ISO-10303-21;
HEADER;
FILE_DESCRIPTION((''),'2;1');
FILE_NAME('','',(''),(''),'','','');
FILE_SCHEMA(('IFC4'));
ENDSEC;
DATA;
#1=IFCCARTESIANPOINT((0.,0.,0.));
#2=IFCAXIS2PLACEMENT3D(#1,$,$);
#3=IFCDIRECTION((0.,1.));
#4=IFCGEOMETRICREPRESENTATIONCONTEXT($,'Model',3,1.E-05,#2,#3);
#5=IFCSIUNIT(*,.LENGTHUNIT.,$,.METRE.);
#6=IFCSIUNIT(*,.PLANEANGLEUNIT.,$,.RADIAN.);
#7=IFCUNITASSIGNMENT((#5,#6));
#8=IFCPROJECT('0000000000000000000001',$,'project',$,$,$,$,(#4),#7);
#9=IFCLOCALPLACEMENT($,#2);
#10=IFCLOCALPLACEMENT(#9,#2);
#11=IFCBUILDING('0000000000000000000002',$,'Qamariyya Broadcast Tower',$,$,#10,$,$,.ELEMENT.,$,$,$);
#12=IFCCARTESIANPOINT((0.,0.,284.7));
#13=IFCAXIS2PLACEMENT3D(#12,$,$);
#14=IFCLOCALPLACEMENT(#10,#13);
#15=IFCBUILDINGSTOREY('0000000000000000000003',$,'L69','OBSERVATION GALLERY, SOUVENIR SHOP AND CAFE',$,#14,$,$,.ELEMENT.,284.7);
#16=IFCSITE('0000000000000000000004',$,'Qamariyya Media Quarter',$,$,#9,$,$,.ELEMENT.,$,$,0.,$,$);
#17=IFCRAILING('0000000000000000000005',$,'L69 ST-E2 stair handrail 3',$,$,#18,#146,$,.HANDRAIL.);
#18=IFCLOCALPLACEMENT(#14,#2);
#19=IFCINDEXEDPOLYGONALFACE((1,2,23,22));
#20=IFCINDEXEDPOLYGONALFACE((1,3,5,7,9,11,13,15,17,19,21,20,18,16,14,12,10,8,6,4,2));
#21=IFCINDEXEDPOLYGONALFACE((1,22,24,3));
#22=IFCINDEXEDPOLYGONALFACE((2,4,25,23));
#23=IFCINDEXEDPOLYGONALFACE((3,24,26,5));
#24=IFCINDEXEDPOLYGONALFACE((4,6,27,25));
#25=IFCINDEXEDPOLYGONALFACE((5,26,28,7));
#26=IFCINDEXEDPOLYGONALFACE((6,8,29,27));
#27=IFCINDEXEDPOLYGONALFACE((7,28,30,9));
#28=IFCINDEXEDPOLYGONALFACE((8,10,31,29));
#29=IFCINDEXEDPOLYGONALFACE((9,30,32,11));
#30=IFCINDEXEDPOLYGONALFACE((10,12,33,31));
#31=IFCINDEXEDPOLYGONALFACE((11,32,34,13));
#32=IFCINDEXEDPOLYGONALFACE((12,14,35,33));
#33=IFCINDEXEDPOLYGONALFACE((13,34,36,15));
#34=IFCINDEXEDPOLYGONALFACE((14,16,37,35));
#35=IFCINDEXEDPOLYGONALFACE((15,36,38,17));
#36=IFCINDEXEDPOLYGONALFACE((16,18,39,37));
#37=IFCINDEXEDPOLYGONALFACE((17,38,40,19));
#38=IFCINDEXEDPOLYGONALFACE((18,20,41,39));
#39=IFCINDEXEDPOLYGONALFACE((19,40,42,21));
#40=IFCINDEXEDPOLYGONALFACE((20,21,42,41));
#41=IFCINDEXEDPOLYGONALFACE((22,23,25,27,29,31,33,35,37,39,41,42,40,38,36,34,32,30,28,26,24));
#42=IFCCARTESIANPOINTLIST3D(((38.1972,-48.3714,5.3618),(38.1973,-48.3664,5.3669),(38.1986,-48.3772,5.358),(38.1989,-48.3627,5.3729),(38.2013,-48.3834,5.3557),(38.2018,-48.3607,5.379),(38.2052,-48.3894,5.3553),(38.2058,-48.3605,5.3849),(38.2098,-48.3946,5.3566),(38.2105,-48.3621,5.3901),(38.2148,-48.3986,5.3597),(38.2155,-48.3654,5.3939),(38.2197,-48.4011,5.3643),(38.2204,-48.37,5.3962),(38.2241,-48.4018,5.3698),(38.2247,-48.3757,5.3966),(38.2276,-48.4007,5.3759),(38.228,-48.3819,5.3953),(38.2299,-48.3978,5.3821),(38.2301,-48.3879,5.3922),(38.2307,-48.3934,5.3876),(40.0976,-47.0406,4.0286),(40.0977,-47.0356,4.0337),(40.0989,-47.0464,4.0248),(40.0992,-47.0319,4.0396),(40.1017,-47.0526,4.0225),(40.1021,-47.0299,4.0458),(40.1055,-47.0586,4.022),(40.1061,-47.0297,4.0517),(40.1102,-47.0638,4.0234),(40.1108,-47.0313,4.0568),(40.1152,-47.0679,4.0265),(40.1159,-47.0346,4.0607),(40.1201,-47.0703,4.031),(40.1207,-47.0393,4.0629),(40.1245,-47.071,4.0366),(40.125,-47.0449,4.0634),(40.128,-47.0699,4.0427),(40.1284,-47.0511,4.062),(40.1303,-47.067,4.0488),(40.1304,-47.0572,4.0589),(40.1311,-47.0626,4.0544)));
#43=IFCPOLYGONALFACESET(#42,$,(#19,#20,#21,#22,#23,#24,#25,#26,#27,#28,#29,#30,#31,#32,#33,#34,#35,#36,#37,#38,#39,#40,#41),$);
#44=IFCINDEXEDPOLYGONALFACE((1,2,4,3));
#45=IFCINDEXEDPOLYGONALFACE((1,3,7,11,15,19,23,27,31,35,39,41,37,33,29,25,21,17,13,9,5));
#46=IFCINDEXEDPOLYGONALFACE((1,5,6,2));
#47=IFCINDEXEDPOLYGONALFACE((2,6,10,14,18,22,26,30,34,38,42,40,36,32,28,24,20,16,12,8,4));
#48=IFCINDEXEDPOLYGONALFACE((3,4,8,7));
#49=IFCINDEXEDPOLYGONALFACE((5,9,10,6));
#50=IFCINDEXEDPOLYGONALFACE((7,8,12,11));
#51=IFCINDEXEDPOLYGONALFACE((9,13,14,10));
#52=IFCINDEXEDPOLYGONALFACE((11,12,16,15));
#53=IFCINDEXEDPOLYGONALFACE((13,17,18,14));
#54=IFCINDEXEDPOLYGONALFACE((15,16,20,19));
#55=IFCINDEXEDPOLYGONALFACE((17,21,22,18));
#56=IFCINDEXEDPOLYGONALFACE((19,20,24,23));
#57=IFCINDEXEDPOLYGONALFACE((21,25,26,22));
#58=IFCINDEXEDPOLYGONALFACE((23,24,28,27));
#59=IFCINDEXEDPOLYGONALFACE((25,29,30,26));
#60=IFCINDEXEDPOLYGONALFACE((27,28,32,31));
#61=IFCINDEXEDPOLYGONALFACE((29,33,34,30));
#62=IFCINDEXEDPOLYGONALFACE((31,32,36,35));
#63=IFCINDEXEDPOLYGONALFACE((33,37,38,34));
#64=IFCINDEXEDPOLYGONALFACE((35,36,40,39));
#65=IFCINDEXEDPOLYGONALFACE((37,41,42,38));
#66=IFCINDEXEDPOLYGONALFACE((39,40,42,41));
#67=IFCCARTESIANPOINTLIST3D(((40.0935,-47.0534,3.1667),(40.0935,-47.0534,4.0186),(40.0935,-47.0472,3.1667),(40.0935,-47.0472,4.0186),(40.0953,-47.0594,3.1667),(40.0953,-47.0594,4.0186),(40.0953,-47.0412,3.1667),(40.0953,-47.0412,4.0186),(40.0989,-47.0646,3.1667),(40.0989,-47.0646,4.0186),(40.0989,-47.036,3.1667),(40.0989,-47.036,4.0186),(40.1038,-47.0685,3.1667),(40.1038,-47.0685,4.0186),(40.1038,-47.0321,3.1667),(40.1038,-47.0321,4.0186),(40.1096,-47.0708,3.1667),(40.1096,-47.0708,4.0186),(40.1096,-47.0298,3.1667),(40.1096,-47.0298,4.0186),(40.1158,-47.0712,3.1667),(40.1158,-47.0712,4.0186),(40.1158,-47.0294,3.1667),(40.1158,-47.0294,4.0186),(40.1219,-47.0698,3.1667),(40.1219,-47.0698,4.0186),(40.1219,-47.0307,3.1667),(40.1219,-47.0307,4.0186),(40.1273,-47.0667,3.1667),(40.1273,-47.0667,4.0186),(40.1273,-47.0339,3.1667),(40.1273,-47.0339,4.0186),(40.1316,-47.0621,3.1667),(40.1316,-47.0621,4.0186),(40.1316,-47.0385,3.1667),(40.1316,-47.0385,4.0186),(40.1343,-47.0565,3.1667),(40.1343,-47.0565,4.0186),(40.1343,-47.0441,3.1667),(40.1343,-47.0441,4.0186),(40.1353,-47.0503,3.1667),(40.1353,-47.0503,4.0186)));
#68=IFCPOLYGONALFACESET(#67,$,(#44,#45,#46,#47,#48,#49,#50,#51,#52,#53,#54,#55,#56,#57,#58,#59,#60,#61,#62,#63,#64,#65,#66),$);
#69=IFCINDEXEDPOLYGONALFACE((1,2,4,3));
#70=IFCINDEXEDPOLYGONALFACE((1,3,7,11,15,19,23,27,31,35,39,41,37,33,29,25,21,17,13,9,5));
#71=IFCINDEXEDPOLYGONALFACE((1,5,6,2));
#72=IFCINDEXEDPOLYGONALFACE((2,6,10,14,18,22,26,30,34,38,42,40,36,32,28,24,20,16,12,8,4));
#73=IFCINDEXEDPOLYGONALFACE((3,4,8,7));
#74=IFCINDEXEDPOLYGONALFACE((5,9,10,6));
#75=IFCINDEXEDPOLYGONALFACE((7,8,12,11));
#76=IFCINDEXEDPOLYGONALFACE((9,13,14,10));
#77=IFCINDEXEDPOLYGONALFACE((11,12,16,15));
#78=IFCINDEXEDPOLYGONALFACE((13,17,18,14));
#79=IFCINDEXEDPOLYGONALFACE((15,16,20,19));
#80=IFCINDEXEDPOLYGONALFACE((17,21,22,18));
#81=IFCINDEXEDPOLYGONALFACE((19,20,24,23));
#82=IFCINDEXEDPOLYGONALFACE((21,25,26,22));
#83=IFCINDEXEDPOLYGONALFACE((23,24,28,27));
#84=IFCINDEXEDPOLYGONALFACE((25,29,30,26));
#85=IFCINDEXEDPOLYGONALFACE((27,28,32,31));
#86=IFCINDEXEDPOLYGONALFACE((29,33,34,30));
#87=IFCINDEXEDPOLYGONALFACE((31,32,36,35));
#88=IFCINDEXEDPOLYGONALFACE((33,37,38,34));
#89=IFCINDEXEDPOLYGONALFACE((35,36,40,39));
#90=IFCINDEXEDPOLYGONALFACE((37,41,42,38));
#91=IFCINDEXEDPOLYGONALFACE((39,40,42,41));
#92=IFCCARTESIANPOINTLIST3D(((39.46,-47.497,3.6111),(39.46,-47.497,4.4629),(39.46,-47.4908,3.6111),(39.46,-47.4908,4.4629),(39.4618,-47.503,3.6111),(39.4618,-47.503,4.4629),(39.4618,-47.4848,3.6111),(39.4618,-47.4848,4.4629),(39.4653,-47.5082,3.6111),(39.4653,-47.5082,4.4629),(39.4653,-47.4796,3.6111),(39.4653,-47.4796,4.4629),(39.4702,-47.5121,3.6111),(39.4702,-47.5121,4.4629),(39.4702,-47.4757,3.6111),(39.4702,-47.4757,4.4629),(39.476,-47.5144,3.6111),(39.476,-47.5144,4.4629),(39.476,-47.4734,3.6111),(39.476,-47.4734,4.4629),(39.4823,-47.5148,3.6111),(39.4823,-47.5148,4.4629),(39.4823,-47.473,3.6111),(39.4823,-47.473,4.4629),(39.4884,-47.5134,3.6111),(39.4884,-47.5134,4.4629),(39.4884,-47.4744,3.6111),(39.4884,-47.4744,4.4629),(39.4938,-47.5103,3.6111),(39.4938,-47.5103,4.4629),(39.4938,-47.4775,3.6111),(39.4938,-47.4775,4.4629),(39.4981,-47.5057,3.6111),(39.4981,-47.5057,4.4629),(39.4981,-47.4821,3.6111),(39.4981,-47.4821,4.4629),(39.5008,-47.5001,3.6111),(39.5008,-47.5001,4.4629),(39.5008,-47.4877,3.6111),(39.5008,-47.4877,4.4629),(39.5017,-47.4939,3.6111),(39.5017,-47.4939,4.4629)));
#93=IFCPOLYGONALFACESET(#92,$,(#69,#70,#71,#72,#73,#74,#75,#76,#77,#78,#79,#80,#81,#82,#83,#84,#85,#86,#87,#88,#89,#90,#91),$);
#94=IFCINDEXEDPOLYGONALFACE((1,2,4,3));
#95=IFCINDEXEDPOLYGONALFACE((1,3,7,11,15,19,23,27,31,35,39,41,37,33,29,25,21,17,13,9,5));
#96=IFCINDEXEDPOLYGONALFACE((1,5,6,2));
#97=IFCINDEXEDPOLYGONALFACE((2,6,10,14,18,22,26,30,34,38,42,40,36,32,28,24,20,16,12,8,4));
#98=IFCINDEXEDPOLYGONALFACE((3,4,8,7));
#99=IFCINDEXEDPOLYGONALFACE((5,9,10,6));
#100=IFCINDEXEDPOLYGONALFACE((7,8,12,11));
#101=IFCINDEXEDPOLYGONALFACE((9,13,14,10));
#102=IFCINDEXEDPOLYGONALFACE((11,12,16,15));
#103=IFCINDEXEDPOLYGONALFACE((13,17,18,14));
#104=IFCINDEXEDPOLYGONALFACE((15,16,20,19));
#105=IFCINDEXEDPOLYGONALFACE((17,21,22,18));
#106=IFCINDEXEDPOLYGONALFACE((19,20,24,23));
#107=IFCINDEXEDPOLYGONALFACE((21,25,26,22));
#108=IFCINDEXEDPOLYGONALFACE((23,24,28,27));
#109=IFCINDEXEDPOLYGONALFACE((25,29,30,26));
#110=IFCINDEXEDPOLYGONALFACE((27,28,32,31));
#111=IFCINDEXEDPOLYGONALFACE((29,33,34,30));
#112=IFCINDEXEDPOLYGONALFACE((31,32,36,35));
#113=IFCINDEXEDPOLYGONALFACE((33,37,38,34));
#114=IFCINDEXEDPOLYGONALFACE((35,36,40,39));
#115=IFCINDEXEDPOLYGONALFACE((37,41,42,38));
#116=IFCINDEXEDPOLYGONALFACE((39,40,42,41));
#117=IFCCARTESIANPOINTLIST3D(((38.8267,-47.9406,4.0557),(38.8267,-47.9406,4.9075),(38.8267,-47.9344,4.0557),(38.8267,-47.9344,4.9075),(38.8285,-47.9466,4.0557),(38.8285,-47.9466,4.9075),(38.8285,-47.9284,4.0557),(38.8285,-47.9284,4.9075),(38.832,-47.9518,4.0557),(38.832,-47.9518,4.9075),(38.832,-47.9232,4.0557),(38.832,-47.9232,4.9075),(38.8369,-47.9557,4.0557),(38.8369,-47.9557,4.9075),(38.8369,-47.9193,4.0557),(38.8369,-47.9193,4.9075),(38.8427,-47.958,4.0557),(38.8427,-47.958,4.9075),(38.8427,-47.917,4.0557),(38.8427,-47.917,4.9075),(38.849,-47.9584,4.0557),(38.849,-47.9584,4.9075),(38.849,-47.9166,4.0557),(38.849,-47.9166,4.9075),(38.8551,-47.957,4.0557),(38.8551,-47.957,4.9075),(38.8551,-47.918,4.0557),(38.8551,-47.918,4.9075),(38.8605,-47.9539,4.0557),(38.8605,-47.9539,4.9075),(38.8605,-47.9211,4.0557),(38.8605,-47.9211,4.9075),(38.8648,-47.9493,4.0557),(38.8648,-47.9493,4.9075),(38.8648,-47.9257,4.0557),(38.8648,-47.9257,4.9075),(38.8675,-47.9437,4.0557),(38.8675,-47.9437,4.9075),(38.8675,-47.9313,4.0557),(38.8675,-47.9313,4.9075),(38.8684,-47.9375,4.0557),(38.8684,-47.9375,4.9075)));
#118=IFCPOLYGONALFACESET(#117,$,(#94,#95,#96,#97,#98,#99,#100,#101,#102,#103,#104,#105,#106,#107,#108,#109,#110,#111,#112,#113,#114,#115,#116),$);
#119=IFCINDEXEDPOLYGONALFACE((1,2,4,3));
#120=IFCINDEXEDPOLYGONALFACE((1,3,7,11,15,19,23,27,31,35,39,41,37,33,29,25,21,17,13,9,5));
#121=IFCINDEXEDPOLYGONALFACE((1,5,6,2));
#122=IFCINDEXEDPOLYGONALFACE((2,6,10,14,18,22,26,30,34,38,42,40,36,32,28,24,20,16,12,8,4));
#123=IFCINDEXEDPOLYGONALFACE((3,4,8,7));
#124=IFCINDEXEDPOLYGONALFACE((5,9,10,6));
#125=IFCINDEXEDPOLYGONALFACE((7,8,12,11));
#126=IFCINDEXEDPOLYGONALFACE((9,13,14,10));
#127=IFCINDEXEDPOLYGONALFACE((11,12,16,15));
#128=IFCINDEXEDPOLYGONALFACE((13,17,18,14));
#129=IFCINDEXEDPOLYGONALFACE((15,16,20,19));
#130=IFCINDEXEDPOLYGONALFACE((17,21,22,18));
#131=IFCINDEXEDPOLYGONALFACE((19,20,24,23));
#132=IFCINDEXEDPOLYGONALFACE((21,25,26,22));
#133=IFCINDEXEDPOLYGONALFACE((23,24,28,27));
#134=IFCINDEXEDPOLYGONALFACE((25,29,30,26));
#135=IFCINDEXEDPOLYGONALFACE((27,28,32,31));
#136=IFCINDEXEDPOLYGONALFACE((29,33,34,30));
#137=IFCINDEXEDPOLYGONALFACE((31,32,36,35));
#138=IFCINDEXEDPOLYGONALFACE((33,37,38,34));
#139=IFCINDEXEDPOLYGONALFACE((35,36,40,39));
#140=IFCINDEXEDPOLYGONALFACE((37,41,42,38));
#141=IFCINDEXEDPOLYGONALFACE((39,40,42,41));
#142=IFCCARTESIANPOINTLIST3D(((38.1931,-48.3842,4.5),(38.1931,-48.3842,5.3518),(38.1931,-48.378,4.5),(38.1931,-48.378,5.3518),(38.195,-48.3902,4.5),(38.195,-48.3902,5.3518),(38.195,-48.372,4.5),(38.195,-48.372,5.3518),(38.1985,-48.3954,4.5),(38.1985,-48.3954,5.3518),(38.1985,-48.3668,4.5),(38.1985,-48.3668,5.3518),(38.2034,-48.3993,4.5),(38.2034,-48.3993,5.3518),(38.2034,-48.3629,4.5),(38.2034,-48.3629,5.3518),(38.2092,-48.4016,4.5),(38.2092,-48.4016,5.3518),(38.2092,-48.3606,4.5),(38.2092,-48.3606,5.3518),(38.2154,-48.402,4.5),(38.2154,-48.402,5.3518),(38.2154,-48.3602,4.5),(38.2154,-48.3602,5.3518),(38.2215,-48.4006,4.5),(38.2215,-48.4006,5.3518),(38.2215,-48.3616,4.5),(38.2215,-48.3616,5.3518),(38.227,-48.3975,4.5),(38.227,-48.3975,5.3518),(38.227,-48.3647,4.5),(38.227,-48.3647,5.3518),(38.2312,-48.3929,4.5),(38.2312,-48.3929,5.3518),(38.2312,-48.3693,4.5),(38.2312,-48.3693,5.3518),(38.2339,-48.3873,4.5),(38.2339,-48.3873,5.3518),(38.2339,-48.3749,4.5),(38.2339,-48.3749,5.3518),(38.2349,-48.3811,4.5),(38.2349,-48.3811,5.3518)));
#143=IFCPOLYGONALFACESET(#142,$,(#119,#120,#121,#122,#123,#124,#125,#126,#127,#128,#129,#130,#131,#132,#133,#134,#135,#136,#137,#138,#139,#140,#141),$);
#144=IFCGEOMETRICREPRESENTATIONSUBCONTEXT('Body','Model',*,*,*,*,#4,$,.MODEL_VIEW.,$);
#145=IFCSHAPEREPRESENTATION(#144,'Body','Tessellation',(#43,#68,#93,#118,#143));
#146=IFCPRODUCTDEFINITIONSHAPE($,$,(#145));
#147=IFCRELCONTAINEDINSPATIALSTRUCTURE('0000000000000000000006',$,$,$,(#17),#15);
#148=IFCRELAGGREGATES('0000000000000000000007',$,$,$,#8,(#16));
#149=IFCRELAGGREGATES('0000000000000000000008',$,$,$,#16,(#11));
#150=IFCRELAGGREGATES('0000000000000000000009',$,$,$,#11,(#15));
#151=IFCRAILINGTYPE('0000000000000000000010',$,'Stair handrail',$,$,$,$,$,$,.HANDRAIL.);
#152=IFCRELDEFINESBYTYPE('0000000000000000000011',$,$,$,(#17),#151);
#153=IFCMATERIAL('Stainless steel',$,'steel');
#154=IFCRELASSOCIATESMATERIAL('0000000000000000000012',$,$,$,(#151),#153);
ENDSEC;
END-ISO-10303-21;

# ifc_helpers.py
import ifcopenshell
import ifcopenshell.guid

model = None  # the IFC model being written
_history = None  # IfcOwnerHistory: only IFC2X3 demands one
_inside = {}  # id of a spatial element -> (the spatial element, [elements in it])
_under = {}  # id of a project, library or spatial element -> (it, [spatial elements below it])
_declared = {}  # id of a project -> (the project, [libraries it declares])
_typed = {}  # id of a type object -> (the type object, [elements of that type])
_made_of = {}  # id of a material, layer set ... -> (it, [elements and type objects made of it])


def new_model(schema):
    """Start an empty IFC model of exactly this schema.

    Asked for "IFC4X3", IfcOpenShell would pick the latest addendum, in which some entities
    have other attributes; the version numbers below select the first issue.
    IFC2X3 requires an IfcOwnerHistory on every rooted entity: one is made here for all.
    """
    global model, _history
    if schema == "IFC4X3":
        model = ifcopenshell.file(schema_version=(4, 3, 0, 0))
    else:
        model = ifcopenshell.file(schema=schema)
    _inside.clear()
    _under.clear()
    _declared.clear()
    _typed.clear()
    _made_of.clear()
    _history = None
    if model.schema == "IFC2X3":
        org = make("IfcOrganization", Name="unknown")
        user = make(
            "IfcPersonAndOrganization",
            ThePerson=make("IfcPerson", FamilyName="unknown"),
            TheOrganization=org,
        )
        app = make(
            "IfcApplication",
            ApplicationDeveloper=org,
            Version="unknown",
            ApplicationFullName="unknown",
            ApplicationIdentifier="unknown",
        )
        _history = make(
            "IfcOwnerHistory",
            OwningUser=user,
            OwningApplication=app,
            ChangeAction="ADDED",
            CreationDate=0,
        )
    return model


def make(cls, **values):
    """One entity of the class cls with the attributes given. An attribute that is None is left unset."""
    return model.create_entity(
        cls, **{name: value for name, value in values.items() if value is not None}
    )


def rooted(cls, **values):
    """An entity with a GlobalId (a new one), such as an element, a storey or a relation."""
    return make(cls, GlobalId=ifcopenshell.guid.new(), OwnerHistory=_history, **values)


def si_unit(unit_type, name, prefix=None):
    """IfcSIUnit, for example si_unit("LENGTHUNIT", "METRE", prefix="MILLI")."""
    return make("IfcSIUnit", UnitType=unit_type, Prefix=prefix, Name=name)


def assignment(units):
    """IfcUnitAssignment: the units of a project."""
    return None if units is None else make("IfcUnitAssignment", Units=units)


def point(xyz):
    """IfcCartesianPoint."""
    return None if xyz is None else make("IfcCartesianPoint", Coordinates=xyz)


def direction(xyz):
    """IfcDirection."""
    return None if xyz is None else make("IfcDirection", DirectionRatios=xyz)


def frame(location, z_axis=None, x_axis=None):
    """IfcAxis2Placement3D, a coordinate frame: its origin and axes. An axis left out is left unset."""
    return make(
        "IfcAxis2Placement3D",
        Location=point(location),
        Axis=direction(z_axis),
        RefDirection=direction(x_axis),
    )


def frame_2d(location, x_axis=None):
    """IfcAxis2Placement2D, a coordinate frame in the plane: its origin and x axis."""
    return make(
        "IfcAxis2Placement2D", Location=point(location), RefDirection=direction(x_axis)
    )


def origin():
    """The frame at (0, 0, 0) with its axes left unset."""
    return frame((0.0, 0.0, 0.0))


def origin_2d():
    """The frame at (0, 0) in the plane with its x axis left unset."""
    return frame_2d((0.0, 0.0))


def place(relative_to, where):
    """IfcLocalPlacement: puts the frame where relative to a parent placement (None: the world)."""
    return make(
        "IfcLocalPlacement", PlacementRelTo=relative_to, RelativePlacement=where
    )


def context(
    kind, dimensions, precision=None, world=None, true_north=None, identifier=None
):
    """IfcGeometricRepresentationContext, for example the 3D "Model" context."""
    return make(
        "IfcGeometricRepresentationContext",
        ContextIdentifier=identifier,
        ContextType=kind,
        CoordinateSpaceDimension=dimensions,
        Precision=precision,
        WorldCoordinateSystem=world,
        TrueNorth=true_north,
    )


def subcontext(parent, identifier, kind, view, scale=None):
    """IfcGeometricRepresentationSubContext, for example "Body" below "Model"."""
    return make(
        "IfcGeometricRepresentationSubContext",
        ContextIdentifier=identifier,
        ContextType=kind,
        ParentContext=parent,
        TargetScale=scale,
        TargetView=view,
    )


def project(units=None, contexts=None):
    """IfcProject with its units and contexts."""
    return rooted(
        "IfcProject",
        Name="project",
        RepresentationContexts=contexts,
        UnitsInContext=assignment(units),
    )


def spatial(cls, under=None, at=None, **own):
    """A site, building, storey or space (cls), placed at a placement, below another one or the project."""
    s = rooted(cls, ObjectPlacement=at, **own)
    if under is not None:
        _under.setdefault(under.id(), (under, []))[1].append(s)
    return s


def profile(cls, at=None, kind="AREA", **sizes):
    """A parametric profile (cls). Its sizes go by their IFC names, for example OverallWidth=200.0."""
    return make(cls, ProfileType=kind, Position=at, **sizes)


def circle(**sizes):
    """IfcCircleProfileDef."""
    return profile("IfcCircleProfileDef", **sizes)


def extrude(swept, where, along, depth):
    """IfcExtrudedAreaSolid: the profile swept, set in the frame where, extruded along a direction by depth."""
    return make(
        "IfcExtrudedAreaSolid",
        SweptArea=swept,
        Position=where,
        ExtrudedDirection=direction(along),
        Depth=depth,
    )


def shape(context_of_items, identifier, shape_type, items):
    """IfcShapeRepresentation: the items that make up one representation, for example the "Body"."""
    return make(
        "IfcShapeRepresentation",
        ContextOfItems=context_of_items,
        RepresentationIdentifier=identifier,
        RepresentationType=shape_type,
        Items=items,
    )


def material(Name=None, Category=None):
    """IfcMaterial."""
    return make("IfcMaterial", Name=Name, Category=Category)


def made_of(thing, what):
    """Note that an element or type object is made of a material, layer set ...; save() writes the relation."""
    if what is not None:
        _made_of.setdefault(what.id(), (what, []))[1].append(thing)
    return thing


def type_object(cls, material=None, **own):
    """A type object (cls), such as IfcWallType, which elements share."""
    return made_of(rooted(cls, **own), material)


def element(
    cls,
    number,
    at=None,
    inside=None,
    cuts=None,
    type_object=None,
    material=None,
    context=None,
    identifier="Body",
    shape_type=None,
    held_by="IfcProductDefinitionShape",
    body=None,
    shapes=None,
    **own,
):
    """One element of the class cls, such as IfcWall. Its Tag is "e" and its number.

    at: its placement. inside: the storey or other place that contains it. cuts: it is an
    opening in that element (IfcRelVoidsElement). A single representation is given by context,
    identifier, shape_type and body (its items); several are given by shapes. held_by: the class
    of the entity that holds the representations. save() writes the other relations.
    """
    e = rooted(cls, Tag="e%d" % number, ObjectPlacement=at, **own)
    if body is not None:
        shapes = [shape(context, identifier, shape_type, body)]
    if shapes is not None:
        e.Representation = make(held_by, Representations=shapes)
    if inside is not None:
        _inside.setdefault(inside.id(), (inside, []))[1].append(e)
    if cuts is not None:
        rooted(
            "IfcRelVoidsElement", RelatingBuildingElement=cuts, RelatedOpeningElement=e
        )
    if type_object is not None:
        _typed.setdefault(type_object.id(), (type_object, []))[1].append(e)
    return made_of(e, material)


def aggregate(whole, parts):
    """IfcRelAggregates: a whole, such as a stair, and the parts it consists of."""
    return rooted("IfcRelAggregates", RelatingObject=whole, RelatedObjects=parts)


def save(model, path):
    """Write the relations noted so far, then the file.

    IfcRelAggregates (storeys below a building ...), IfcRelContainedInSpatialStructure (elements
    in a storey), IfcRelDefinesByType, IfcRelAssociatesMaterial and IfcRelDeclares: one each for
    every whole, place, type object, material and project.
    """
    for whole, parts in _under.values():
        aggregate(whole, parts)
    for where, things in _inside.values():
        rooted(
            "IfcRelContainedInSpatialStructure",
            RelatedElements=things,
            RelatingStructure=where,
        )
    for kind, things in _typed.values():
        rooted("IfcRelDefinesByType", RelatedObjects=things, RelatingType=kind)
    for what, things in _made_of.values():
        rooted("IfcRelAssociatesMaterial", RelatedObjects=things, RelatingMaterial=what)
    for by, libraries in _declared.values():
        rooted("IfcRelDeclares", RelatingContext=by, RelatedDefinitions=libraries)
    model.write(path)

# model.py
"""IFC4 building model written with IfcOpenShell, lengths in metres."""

from ifc_helpers import new_model, si_unit, direction, frame, origin, origin_2d, place, context, subcontext, project, spatial, circle, extrude, material, type_object, element, save


model = new_model("IFC4")

# Units and contexts
model_context = context("Model", 3, precision=1e-05, world=origin(), true_north=direction((0.0, 1.0)))
body_context = subcontext(model_context, "Body", "Model", "MODEL_VIEW")
ifc_project = project(units=[si_unit("LENGTHUNIT", "METRE"), si_unit("PLANEANGLEUNIT", "RADIAN")], contexts=[model_context])

# Site, building, storey
site_placement = place(None, origin())
site = spatial("IfcSite", under=ifc_project, at=site_placement, Name="Qamariyya Media Quarter", CompositionType="ELEMENT", RefElevation=0.0)
building_placement = place(site_placement, origin())
building = spatial("IfcBuilding", under=site, at=building_placement, Name="Qamariyya Broadcast Tower", CompositionType="ELEMENT")
storey_placement = place(building_placement, frame((0.0, 0.0, 284.7)))
storey = spatial("IfcBuildingStorey", under=building, at=storey_placement, Name="L69", Description="OBSERVATION GALLERY, SOUVENIR SHOP AND CAFE", CompositionType="ELEMENT", Elevation=284.7)

# Railing
ifc_material_1 = material(Name="Stainless steel", Category="steel")
railing_type_1 = type_object("IfcRailingType", Name="Stair handrail", PredefinedType="HANDRAIL", material=ifc_material_1)
railing_1_placement = place(storey_placement, frame((40.1143, -47.0503, 3.1667)))
element("IfcRailing", 1, at=railing_1_placement, inside=storey, type_object=railing_type_1, Name="L69 ST-E2 stair handrail 3", PredefinedType="HANDRAIL", context=body_context, shape_type="SweptSolid", body=[
    extrude(circle(Radius=0.0239, at=origin_2d()), frame((0.0, 0.0, 0.876), z_axis=(-0.710204, -0.497344, 0.498256), x_axis=(0.573618, -0.819123, 0.0)), (0.0, 0.0, 1.0), 2.6758),
    extrude(circle(Radius=0.021, at=origin_2d()), origin(), (0.0, 0.0, 1.0), 0.8518),
    extrude(circle(Radius=0.021, at=origin_2d()), frame((-0.6335, -0.4436, 0.4443)), (0.0, 0.0, 1.0), 0.8518),
    extrude(circle(Radius=0.021, at=origin_2d()), frame((-1.2668, -0.8872, 0.8889)), (0.0, 0.0, 1.0), 0.8518),
    extrude(circle(Radius=0.021, at=origin_2d()), frame((-1.9004, -1.3308, 1.3333)), (0.0, 0.0, 1.0), 0.8518),
])

save(model, "model.ifc")
